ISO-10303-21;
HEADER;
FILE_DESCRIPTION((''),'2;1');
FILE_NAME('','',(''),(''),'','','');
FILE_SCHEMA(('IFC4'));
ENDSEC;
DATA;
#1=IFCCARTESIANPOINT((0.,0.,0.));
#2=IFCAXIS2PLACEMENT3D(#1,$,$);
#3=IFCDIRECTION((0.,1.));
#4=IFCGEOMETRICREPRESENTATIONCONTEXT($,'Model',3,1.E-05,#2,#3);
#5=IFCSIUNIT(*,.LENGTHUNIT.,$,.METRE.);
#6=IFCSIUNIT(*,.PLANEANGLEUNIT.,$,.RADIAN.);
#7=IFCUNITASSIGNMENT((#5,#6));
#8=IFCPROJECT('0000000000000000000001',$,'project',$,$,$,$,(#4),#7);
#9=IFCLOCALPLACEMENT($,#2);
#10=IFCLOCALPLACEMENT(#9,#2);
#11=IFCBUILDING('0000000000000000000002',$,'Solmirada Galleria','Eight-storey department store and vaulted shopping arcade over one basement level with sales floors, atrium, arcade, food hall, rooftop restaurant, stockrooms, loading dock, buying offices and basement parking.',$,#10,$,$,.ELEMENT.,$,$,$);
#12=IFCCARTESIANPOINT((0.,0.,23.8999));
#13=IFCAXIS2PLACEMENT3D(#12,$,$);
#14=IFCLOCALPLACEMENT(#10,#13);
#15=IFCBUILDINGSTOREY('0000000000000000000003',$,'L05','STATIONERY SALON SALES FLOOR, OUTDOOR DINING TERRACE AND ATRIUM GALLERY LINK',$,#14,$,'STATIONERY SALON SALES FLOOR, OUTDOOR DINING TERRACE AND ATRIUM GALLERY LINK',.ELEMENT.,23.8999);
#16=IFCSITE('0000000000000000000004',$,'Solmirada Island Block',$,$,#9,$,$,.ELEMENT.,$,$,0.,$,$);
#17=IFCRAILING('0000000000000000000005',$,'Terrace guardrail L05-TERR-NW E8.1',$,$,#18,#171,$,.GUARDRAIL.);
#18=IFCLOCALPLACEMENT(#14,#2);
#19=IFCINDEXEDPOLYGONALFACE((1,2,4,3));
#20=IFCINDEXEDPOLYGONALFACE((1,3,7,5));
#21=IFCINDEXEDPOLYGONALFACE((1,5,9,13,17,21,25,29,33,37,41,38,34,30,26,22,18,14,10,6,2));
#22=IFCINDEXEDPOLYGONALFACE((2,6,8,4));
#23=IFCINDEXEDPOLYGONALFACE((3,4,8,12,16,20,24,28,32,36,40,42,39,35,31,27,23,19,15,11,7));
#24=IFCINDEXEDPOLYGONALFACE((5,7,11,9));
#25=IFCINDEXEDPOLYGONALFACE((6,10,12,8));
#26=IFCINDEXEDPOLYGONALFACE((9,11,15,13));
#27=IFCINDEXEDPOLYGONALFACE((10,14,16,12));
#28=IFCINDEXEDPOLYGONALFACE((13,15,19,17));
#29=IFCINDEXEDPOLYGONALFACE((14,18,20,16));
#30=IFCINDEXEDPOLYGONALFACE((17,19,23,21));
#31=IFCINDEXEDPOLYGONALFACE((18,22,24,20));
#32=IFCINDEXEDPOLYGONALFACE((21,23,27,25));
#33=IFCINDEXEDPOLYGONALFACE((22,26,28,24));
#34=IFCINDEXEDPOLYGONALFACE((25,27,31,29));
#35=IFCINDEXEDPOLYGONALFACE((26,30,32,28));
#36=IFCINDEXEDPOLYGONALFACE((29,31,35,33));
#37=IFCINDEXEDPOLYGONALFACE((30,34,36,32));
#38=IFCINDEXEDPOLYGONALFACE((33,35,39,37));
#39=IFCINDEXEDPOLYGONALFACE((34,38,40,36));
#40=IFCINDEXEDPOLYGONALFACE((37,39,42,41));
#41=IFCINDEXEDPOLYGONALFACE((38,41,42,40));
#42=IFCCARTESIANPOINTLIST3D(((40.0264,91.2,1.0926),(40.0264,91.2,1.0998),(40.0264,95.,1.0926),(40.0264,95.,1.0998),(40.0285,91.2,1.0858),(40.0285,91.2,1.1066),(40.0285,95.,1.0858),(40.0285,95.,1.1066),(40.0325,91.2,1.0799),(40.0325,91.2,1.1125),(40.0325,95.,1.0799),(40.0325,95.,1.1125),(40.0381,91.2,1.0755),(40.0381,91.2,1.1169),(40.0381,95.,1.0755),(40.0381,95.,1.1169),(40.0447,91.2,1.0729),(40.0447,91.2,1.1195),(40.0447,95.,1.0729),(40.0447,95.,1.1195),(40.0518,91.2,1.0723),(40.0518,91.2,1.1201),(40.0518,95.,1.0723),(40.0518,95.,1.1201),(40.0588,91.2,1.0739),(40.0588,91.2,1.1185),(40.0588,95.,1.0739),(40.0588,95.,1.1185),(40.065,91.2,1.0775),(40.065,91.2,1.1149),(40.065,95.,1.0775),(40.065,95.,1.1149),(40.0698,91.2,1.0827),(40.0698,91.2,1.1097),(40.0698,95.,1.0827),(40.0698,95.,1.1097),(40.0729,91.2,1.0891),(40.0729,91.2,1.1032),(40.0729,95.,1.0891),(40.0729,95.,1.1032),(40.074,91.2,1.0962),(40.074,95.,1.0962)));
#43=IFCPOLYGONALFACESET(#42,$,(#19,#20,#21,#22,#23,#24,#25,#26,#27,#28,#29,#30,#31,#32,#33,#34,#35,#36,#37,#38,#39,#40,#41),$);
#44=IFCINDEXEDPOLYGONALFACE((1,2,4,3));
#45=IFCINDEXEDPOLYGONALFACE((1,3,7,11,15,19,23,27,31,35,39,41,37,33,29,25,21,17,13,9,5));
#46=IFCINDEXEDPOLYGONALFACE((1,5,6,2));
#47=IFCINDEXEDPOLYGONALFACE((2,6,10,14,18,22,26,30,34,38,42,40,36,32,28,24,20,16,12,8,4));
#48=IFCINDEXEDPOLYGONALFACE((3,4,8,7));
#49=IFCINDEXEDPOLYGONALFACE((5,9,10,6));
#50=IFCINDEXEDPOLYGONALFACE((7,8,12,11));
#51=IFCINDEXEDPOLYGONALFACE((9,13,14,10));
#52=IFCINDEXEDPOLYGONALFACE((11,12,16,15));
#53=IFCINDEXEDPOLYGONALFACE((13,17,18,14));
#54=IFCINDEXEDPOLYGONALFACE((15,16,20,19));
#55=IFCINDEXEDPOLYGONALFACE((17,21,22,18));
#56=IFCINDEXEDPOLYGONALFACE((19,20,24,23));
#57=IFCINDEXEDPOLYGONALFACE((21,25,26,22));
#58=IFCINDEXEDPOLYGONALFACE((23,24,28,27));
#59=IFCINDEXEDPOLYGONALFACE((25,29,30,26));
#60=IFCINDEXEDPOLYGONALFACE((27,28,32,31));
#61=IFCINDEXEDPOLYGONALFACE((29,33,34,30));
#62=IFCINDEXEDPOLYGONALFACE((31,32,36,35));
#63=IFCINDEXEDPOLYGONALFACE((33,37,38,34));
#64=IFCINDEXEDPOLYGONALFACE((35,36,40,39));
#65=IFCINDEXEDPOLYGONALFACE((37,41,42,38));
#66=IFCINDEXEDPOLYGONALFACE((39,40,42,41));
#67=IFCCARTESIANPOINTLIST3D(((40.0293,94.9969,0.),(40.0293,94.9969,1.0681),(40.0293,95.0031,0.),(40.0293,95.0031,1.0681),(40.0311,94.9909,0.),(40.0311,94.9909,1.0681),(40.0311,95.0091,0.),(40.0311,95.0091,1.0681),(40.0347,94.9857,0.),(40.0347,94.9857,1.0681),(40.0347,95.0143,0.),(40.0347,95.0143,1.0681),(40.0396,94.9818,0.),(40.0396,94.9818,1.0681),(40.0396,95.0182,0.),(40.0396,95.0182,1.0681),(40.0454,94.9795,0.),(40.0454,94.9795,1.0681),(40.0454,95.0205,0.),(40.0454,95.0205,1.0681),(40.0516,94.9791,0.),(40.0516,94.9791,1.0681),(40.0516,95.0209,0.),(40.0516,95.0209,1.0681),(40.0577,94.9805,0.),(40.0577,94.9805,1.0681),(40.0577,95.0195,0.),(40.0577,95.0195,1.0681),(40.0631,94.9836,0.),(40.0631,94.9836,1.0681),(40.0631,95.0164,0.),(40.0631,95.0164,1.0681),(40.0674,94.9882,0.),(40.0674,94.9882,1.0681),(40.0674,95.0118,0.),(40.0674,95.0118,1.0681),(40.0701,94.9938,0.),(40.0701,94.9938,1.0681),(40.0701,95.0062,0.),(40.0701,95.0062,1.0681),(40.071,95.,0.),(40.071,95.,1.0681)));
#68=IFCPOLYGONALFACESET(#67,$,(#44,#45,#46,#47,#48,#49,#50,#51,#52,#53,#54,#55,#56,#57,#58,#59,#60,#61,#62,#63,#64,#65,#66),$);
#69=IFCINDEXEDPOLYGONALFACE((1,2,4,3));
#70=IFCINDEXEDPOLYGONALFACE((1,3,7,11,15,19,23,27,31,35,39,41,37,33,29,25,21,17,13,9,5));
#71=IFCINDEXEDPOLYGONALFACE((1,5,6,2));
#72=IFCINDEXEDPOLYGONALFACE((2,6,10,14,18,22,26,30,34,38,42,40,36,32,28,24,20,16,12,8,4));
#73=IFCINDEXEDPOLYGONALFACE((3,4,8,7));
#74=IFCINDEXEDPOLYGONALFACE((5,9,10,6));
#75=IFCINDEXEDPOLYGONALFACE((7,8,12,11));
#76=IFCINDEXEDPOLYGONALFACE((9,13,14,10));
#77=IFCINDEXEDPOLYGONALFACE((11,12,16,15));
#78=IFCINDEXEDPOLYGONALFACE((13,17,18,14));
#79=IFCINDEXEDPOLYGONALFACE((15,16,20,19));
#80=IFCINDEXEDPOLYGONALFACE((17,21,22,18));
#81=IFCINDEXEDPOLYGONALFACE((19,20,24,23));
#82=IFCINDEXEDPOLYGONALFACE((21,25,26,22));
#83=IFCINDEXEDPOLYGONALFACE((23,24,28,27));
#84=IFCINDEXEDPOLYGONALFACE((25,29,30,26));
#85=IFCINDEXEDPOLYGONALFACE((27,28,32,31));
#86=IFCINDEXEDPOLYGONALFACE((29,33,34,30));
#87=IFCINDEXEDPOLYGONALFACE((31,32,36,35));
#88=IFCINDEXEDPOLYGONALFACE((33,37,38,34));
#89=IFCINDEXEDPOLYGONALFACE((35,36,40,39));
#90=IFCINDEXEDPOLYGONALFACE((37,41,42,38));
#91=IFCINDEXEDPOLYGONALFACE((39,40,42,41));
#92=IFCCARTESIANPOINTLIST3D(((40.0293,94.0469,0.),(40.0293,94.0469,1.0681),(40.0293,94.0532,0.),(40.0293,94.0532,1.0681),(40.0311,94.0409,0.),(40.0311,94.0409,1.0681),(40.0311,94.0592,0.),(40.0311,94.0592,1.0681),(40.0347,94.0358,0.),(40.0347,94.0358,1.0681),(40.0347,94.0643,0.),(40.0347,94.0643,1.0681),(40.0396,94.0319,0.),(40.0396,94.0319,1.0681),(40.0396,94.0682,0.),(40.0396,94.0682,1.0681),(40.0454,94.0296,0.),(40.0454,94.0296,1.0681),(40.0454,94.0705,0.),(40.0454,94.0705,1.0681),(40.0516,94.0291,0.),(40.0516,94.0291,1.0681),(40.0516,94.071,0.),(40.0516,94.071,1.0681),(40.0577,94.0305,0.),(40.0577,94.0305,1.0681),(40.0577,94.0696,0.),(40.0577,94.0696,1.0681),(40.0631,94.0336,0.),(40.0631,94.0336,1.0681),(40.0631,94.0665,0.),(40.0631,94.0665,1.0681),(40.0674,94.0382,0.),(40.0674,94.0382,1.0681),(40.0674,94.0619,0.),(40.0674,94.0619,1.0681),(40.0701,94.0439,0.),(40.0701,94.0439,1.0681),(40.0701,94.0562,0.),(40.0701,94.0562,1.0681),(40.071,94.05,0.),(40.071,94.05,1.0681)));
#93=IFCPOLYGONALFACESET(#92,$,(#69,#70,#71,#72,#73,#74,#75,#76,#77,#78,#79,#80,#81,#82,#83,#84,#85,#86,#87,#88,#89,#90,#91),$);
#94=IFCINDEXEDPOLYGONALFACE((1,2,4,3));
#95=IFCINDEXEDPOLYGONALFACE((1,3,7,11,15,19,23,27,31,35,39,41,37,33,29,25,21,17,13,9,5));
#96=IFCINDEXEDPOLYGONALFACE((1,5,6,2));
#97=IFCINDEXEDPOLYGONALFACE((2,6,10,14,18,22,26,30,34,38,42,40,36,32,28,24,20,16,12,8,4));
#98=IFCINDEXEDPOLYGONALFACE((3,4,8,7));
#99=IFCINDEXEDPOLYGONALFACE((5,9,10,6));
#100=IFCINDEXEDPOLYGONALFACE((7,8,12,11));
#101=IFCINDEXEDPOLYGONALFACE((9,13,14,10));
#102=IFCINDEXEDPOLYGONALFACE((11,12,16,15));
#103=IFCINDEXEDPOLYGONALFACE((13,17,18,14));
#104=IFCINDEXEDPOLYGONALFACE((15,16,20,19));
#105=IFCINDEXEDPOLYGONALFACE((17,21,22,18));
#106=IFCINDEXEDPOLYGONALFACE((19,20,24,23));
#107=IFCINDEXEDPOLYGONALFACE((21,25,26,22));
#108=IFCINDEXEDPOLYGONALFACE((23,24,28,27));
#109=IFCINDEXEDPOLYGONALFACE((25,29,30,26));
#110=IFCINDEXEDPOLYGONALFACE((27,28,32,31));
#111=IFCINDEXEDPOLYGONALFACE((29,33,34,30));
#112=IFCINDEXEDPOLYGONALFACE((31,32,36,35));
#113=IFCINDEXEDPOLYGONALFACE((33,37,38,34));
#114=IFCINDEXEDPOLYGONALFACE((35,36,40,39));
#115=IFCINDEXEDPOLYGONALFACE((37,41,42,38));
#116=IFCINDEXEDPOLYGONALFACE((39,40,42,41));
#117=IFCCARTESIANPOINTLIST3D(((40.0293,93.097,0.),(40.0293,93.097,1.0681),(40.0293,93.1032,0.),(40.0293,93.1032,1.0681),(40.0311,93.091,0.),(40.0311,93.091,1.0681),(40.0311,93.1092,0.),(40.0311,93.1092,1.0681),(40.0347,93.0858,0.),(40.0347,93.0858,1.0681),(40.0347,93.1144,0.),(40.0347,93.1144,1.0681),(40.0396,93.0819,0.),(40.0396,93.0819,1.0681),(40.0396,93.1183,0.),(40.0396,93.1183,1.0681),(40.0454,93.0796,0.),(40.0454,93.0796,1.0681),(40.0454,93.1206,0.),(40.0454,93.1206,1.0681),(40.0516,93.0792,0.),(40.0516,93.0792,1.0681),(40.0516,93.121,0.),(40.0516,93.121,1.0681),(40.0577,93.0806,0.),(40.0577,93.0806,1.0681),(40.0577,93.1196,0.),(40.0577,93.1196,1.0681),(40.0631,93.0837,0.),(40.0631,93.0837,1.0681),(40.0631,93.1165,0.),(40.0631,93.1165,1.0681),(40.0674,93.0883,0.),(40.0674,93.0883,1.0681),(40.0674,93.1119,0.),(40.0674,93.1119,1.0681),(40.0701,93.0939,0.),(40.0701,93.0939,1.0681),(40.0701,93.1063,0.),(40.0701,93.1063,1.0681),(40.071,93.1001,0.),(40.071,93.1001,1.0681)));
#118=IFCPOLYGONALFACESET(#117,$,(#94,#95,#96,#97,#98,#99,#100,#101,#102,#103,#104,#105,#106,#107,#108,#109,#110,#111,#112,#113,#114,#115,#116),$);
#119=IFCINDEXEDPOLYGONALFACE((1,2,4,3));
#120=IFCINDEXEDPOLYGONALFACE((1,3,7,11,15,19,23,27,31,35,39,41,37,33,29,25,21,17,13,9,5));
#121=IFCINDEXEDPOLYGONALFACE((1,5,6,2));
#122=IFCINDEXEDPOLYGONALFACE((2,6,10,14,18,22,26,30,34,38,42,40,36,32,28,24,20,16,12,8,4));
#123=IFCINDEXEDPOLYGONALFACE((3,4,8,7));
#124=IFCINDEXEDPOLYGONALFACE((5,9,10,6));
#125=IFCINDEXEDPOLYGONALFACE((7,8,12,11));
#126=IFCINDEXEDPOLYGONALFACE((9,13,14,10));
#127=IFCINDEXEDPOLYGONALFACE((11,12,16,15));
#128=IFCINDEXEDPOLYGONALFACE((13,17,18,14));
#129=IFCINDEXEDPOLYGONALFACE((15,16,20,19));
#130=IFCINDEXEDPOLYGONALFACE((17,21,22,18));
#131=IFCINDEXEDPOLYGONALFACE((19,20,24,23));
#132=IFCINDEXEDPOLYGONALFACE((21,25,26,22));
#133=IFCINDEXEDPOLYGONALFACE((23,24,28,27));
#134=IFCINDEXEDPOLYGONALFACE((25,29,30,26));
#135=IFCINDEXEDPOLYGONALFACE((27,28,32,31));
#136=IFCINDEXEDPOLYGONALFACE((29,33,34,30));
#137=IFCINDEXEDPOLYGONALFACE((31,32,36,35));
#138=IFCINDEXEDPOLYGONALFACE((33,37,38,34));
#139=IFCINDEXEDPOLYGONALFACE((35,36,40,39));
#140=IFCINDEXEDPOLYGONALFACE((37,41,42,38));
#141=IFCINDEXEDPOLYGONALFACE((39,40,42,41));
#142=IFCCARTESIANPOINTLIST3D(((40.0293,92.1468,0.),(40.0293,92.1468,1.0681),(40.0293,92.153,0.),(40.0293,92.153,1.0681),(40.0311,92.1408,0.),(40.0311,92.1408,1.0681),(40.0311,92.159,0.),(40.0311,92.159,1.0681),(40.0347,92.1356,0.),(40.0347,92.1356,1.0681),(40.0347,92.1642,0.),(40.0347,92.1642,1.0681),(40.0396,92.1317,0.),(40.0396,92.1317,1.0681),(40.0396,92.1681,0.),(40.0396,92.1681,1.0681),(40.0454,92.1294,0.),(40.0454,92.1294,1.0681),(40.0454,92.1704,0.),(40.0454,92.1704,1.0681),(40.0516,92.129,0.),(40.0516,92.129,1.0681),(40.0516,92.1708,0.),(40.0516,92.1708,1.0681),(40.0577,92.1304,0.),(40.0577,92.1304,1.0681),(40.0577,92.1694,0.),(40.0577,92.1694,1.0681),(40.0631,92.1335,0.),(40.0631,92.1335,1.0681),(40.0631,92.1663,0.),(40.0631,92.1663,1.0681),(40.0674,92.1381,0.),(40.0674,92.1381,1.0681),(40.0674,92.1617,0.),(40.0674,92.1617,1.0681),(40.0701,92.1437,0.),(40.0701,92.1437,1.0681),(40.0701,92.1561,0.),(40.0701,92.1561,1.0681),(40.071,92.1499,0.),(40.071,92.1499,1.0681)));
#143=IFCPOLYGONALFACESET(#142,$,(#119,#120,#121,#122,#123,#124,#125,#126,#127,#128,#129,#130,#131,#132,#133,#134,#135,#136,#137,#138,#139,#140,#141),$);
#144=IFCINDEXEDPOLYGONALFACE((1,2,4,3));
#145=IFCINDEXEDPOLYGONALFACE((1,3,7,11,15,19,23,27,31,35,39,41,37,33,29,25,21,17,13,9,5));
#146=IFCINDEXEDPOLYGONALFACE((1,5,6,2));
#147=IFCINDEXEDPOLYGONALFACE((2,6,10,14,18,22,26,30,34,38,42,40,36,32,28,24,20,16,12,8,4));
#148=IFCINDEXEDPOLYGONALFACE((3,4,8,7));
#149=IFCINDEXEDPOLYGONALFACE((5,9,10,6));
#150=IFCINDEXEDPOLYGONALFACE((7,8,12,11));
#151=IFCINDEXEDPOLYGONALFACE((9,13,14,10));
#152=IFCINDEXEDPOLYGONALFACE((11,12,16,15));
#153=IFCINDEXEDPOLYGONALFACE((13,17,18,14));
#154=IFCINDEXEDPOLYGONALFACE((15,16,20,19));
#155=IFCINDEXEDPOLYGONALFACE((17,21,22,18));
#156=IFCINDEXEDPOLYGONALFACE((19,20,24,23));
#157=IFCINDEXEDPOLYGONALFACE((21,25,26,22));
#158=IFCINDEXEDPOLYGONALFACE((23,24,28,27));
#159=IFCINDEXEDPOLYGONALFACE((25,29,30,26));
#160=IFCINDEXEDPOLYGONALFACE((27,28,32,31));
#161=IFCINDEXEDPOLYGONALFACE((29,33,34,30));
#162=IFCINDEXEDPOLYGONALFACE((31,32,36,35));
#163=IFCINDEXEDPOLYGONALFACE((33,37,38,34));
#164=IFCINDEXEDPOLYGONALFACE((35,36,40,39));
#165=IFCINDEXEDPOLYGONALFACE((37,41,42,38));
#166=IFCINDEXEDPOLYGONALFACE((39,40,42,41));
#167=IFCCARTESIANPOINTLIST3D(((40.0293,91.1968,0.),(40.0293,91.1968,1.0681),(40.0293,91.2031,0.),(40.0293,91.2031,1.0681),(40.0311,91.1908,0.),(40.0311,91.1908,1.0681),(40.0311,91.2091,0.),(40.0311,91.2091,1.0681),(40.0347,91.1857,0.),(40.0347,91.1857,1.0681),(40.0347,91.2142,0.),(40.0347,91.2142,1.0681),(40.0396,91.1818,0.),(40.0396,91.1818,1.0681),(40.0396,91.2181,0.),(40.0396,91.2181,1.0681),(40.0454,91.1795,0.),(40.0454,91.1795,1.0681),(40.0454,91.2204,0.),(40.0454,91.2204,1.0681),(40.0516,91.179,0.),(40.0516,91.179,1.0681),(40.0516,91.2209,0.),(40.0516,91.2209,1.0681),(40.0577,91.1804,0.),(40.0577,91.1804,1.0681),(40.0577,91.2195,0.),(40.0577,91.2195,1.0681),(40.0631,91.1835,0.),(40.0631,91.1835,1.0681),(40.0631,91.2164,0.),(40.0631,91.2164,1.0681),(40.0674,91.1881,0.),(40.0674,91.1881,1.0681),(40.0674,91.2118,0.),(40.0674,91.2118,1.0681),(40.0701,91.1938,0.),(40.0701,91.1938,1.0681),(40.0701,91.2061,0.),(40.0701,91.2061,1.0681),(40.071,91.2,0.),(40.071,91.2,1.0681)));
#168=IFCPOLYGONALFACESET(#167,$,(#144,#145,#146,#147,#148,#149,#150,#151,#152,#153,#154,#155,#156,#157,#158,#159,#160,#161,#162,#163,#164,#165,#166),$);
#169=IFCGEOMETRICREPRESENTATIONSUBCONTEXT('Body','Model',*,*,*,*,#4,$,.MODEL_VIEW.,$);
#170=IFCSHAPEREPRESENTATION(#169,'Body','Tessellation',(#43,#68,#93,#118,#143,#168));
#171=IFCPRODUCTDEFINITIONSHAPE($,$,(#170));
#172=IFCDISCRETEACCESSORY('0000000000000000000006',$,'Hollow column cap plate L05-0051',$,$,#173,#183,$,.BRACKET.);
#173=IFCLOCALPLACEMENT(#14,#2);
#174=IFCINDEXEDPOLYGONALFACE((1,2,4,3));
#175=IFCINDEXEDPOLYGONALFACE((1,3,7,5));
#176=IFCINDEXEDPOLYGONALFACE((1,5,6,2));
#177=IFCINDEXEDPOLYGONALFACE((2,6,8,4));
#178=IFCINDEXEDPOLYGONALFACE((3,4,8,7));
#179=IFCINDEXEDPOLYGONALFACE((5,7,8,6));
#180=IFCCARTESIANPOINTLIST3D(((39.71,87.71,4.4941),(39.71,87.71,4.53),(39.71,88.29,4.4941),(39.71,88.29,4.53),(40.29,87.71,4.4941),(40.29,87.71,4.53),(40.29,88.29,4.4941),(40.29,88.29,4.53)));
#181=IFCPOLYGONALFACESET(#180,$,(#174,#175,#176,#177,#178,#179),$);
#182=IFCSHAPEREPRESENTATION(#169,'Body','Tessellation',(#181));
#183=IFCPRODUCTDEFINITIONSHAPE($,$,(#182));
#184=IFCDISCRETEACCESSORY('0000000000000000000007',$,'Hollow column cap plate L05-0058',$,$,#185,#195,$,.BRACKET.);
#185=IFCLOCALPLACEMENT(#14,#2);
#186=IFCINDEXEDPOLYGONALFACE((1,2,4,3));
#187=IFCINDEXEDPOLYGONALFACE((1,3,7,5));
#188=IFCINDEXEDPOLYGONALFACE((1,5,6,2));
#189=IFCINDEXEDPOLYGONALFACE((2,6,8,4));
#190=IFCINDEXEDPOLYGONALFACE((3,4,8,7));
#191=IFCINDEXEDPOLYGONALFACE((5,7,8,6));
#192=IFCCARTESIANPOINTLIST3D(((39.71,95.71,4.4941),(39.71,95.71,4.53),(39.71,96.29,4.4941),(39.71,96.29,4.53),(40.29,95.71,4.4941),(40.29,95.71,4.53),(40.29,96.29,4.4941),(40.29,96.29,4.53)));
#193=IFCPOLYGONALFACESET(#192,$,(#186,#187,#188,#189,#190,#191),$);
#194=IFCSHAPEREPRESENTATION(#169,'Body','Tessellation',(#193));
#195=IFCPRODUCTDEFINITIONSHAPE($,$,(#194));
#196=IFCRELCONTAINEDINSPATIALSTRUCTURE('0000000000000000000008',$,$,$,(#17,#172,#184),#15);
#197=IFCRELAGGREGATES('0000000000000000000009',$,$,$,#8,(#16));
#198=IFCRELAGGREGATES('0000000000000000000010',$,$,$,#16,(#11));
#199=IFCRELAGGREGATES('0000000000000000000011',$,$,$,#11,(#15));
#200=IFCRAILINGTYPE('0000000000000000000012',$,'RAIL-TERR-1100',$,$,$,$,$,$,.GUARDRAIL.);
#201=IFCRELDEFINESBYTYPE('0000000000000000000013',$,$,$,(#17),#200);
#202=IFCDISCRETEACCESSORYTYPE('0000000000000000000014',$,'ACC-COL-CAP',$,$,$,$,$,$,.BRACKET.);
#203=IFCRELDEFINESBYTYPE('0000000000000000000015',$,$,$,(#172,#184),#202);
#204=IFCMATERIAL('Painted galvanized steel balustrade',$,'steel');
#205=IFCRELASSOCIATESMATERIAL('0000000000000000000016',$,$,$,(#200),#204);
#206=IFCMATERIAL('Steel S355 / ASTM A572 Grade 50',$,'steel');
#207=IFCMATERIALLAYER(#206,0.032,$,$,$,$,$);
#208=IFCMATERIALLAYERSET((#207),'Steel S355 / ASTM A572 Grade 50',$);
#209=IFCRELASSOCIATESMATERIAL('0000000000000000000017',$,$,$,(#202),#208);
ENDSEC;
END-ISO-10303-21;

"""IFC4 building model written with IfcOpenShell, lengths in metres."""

from ifc_helpers import new_model, si_unit, direction, frame, origin, origin_2d, place, context, subcontext, project, spatial, rectangle, circle, extrude, material, layer, layer_set, type_object, element, save


model = new_model("IFC4")

# Units and contexts
model_context = context("Model", 3, precision=1e-05, world=origin(), true_north=direction((0.0, 1.0)))
body_context = subcontext(model_context, "Body", "Model", "MODEL_VIEW")
ifc_project = project(units=[si_unit("LENGTHUNIT", "METRE"), si_unit("PLANEANGLEUNIT", "RADIAN")], contexts=[model_context])

# Site, building, storey
site_placement = place(None, origin())
site = spatial("IfcSite", under=ifc_project, at=site_placement, Name="Solmirada Island Block", CompositionType="ELEMENT", RefElevation=0.0)
building_placement = place(site_placement, origin())
building = spatial("IfcBuilding", under=site, at=building_placement, Name="Solmirada Galleria", Description="Eight-storey department store and vaulted shopping arcade over one basement level with sales floors, atrium, arcade, food hall, rooftop restaurant, stockrooms, loading dock, buying offices and basement parking.", CompositionType="ELEMENT")
storey_placement = place(building_placement, frame((0.0, 0.0, 23.8999)))
storey = spatial("IfcBuildingStorey", under=building, at=storey_placement, Name="L05", Description="STATIONERY SALON SALES FLOOR, OUTDOOR DINING TERRACE AND ATRIUM GALLERY LINK", LongName="STATIONERY SALON SALES FLOOR, OUTDOOR DINING TERRACE AND ATRIUM GALLERY LINK", CompositionType="ELEMENT", Elevation=23.8999)

# Shared definitions
ifc_material_1 = material(Name="Steel S355 / ASTM A572 Grade 50", Category="steel")

# Railing
ifc_material_2 = material(Name="Painted galvanized steel balustrade", Category="steel")
railing_type = type_object("IfcRailingType", Name="RAIL-TERR-1100", PredefinedType="GUARDRAIL", material=ifc_material_2)
railing_1_placement = place(storey_placement, frame((40.05, 95.0, 0.0)))
element("IfcRailing", 1, at=railing_1_placement, inside=storey, type_object=railing_type, Name="Terrace guardrail L05-TERR-NW E8.1", PredefinedType="GUARDRAIL", context=body_context, shape_type="SweptSolid", body=[
    extrude(circle(Radius=0.0239, at=origin_2d()), frame((0.0, 0.0, 1.0962), z_axis=(0.0, -1.0, 0.0), x_axis=(1.0, 0.0, 0.0)), (0.0, 0.0, 1.0), 3.8),
    extrude(circle(Radius=0.021, at=origin_2d()), origin(), (0.0, 0.0, 1.0), 1.0681),
    extrude(circle(Radius=0.021, at=origin_2d()), frame((0.0, -0.95, 0.0)), (0.0, 0.0, 1.0), 1.0681),
    extrude(circle(Radius=0.021, at=origin_2d()), frame((0.0, -1.8999, 0.0)), (0.0, 0.0, 1.0), 1.0681),
    extrude(circle(Radius=0.021, at=origin_2d()), frame((0.0, -2.8501, 0.0)), (0.0, 0.0, 1.0), 1.0681),
    extrude(circle(Radius=0.021, at=origin_2d()), frame((0.0, -3.8, 0.0)), (0.0, 0.0, 1.0), 1.0681),
])

# Discrete accessories
ifc_layer_1 = layer(ifc_material_1, 0.032)
ifc_layer_set_1 = layer_set([ifc_layer_1], Name="Steel S355 / ASTM A572 Grade 50")
discrete_accessory_type = type_object("IfcDiscreteAccessoryType", Name="ACC-COL-CAP", PredefinedType="BRACKET", material=ifc_layer_set_1)
for number, where, z_axis, x_axis, name in (
    (2, (40.0, 88.0, 4.4941), (0.0, 0.0, 1.0), (1.0, 0.0, 0.0), "Hollow column cap plate L05-0051"),
    (3, (40.0, 96.0, 4.4941), (0.0, 0.0, 1.0), (1.0, 0.0, 0.0), "Hollow column cap plate L05-0058"),
):
    element("IfcDiscreteAccessory", number, at=place(storey_placement, frame(where, z_axis=z_axis, x_axis=x_axis)), inside=storey, type_object=discrete_accessory_type, Name=name, PredefinedType="BRACKET", context=body_context, shape_type="SweptSolid", body=[
        extrude(rectangle(XDim=0.5801, YDim=0.5801, at=origin_2d()), origin(), (0.0, 0.0, 1.0), 0.0359),
    ])

save(model, "model.ifc")
